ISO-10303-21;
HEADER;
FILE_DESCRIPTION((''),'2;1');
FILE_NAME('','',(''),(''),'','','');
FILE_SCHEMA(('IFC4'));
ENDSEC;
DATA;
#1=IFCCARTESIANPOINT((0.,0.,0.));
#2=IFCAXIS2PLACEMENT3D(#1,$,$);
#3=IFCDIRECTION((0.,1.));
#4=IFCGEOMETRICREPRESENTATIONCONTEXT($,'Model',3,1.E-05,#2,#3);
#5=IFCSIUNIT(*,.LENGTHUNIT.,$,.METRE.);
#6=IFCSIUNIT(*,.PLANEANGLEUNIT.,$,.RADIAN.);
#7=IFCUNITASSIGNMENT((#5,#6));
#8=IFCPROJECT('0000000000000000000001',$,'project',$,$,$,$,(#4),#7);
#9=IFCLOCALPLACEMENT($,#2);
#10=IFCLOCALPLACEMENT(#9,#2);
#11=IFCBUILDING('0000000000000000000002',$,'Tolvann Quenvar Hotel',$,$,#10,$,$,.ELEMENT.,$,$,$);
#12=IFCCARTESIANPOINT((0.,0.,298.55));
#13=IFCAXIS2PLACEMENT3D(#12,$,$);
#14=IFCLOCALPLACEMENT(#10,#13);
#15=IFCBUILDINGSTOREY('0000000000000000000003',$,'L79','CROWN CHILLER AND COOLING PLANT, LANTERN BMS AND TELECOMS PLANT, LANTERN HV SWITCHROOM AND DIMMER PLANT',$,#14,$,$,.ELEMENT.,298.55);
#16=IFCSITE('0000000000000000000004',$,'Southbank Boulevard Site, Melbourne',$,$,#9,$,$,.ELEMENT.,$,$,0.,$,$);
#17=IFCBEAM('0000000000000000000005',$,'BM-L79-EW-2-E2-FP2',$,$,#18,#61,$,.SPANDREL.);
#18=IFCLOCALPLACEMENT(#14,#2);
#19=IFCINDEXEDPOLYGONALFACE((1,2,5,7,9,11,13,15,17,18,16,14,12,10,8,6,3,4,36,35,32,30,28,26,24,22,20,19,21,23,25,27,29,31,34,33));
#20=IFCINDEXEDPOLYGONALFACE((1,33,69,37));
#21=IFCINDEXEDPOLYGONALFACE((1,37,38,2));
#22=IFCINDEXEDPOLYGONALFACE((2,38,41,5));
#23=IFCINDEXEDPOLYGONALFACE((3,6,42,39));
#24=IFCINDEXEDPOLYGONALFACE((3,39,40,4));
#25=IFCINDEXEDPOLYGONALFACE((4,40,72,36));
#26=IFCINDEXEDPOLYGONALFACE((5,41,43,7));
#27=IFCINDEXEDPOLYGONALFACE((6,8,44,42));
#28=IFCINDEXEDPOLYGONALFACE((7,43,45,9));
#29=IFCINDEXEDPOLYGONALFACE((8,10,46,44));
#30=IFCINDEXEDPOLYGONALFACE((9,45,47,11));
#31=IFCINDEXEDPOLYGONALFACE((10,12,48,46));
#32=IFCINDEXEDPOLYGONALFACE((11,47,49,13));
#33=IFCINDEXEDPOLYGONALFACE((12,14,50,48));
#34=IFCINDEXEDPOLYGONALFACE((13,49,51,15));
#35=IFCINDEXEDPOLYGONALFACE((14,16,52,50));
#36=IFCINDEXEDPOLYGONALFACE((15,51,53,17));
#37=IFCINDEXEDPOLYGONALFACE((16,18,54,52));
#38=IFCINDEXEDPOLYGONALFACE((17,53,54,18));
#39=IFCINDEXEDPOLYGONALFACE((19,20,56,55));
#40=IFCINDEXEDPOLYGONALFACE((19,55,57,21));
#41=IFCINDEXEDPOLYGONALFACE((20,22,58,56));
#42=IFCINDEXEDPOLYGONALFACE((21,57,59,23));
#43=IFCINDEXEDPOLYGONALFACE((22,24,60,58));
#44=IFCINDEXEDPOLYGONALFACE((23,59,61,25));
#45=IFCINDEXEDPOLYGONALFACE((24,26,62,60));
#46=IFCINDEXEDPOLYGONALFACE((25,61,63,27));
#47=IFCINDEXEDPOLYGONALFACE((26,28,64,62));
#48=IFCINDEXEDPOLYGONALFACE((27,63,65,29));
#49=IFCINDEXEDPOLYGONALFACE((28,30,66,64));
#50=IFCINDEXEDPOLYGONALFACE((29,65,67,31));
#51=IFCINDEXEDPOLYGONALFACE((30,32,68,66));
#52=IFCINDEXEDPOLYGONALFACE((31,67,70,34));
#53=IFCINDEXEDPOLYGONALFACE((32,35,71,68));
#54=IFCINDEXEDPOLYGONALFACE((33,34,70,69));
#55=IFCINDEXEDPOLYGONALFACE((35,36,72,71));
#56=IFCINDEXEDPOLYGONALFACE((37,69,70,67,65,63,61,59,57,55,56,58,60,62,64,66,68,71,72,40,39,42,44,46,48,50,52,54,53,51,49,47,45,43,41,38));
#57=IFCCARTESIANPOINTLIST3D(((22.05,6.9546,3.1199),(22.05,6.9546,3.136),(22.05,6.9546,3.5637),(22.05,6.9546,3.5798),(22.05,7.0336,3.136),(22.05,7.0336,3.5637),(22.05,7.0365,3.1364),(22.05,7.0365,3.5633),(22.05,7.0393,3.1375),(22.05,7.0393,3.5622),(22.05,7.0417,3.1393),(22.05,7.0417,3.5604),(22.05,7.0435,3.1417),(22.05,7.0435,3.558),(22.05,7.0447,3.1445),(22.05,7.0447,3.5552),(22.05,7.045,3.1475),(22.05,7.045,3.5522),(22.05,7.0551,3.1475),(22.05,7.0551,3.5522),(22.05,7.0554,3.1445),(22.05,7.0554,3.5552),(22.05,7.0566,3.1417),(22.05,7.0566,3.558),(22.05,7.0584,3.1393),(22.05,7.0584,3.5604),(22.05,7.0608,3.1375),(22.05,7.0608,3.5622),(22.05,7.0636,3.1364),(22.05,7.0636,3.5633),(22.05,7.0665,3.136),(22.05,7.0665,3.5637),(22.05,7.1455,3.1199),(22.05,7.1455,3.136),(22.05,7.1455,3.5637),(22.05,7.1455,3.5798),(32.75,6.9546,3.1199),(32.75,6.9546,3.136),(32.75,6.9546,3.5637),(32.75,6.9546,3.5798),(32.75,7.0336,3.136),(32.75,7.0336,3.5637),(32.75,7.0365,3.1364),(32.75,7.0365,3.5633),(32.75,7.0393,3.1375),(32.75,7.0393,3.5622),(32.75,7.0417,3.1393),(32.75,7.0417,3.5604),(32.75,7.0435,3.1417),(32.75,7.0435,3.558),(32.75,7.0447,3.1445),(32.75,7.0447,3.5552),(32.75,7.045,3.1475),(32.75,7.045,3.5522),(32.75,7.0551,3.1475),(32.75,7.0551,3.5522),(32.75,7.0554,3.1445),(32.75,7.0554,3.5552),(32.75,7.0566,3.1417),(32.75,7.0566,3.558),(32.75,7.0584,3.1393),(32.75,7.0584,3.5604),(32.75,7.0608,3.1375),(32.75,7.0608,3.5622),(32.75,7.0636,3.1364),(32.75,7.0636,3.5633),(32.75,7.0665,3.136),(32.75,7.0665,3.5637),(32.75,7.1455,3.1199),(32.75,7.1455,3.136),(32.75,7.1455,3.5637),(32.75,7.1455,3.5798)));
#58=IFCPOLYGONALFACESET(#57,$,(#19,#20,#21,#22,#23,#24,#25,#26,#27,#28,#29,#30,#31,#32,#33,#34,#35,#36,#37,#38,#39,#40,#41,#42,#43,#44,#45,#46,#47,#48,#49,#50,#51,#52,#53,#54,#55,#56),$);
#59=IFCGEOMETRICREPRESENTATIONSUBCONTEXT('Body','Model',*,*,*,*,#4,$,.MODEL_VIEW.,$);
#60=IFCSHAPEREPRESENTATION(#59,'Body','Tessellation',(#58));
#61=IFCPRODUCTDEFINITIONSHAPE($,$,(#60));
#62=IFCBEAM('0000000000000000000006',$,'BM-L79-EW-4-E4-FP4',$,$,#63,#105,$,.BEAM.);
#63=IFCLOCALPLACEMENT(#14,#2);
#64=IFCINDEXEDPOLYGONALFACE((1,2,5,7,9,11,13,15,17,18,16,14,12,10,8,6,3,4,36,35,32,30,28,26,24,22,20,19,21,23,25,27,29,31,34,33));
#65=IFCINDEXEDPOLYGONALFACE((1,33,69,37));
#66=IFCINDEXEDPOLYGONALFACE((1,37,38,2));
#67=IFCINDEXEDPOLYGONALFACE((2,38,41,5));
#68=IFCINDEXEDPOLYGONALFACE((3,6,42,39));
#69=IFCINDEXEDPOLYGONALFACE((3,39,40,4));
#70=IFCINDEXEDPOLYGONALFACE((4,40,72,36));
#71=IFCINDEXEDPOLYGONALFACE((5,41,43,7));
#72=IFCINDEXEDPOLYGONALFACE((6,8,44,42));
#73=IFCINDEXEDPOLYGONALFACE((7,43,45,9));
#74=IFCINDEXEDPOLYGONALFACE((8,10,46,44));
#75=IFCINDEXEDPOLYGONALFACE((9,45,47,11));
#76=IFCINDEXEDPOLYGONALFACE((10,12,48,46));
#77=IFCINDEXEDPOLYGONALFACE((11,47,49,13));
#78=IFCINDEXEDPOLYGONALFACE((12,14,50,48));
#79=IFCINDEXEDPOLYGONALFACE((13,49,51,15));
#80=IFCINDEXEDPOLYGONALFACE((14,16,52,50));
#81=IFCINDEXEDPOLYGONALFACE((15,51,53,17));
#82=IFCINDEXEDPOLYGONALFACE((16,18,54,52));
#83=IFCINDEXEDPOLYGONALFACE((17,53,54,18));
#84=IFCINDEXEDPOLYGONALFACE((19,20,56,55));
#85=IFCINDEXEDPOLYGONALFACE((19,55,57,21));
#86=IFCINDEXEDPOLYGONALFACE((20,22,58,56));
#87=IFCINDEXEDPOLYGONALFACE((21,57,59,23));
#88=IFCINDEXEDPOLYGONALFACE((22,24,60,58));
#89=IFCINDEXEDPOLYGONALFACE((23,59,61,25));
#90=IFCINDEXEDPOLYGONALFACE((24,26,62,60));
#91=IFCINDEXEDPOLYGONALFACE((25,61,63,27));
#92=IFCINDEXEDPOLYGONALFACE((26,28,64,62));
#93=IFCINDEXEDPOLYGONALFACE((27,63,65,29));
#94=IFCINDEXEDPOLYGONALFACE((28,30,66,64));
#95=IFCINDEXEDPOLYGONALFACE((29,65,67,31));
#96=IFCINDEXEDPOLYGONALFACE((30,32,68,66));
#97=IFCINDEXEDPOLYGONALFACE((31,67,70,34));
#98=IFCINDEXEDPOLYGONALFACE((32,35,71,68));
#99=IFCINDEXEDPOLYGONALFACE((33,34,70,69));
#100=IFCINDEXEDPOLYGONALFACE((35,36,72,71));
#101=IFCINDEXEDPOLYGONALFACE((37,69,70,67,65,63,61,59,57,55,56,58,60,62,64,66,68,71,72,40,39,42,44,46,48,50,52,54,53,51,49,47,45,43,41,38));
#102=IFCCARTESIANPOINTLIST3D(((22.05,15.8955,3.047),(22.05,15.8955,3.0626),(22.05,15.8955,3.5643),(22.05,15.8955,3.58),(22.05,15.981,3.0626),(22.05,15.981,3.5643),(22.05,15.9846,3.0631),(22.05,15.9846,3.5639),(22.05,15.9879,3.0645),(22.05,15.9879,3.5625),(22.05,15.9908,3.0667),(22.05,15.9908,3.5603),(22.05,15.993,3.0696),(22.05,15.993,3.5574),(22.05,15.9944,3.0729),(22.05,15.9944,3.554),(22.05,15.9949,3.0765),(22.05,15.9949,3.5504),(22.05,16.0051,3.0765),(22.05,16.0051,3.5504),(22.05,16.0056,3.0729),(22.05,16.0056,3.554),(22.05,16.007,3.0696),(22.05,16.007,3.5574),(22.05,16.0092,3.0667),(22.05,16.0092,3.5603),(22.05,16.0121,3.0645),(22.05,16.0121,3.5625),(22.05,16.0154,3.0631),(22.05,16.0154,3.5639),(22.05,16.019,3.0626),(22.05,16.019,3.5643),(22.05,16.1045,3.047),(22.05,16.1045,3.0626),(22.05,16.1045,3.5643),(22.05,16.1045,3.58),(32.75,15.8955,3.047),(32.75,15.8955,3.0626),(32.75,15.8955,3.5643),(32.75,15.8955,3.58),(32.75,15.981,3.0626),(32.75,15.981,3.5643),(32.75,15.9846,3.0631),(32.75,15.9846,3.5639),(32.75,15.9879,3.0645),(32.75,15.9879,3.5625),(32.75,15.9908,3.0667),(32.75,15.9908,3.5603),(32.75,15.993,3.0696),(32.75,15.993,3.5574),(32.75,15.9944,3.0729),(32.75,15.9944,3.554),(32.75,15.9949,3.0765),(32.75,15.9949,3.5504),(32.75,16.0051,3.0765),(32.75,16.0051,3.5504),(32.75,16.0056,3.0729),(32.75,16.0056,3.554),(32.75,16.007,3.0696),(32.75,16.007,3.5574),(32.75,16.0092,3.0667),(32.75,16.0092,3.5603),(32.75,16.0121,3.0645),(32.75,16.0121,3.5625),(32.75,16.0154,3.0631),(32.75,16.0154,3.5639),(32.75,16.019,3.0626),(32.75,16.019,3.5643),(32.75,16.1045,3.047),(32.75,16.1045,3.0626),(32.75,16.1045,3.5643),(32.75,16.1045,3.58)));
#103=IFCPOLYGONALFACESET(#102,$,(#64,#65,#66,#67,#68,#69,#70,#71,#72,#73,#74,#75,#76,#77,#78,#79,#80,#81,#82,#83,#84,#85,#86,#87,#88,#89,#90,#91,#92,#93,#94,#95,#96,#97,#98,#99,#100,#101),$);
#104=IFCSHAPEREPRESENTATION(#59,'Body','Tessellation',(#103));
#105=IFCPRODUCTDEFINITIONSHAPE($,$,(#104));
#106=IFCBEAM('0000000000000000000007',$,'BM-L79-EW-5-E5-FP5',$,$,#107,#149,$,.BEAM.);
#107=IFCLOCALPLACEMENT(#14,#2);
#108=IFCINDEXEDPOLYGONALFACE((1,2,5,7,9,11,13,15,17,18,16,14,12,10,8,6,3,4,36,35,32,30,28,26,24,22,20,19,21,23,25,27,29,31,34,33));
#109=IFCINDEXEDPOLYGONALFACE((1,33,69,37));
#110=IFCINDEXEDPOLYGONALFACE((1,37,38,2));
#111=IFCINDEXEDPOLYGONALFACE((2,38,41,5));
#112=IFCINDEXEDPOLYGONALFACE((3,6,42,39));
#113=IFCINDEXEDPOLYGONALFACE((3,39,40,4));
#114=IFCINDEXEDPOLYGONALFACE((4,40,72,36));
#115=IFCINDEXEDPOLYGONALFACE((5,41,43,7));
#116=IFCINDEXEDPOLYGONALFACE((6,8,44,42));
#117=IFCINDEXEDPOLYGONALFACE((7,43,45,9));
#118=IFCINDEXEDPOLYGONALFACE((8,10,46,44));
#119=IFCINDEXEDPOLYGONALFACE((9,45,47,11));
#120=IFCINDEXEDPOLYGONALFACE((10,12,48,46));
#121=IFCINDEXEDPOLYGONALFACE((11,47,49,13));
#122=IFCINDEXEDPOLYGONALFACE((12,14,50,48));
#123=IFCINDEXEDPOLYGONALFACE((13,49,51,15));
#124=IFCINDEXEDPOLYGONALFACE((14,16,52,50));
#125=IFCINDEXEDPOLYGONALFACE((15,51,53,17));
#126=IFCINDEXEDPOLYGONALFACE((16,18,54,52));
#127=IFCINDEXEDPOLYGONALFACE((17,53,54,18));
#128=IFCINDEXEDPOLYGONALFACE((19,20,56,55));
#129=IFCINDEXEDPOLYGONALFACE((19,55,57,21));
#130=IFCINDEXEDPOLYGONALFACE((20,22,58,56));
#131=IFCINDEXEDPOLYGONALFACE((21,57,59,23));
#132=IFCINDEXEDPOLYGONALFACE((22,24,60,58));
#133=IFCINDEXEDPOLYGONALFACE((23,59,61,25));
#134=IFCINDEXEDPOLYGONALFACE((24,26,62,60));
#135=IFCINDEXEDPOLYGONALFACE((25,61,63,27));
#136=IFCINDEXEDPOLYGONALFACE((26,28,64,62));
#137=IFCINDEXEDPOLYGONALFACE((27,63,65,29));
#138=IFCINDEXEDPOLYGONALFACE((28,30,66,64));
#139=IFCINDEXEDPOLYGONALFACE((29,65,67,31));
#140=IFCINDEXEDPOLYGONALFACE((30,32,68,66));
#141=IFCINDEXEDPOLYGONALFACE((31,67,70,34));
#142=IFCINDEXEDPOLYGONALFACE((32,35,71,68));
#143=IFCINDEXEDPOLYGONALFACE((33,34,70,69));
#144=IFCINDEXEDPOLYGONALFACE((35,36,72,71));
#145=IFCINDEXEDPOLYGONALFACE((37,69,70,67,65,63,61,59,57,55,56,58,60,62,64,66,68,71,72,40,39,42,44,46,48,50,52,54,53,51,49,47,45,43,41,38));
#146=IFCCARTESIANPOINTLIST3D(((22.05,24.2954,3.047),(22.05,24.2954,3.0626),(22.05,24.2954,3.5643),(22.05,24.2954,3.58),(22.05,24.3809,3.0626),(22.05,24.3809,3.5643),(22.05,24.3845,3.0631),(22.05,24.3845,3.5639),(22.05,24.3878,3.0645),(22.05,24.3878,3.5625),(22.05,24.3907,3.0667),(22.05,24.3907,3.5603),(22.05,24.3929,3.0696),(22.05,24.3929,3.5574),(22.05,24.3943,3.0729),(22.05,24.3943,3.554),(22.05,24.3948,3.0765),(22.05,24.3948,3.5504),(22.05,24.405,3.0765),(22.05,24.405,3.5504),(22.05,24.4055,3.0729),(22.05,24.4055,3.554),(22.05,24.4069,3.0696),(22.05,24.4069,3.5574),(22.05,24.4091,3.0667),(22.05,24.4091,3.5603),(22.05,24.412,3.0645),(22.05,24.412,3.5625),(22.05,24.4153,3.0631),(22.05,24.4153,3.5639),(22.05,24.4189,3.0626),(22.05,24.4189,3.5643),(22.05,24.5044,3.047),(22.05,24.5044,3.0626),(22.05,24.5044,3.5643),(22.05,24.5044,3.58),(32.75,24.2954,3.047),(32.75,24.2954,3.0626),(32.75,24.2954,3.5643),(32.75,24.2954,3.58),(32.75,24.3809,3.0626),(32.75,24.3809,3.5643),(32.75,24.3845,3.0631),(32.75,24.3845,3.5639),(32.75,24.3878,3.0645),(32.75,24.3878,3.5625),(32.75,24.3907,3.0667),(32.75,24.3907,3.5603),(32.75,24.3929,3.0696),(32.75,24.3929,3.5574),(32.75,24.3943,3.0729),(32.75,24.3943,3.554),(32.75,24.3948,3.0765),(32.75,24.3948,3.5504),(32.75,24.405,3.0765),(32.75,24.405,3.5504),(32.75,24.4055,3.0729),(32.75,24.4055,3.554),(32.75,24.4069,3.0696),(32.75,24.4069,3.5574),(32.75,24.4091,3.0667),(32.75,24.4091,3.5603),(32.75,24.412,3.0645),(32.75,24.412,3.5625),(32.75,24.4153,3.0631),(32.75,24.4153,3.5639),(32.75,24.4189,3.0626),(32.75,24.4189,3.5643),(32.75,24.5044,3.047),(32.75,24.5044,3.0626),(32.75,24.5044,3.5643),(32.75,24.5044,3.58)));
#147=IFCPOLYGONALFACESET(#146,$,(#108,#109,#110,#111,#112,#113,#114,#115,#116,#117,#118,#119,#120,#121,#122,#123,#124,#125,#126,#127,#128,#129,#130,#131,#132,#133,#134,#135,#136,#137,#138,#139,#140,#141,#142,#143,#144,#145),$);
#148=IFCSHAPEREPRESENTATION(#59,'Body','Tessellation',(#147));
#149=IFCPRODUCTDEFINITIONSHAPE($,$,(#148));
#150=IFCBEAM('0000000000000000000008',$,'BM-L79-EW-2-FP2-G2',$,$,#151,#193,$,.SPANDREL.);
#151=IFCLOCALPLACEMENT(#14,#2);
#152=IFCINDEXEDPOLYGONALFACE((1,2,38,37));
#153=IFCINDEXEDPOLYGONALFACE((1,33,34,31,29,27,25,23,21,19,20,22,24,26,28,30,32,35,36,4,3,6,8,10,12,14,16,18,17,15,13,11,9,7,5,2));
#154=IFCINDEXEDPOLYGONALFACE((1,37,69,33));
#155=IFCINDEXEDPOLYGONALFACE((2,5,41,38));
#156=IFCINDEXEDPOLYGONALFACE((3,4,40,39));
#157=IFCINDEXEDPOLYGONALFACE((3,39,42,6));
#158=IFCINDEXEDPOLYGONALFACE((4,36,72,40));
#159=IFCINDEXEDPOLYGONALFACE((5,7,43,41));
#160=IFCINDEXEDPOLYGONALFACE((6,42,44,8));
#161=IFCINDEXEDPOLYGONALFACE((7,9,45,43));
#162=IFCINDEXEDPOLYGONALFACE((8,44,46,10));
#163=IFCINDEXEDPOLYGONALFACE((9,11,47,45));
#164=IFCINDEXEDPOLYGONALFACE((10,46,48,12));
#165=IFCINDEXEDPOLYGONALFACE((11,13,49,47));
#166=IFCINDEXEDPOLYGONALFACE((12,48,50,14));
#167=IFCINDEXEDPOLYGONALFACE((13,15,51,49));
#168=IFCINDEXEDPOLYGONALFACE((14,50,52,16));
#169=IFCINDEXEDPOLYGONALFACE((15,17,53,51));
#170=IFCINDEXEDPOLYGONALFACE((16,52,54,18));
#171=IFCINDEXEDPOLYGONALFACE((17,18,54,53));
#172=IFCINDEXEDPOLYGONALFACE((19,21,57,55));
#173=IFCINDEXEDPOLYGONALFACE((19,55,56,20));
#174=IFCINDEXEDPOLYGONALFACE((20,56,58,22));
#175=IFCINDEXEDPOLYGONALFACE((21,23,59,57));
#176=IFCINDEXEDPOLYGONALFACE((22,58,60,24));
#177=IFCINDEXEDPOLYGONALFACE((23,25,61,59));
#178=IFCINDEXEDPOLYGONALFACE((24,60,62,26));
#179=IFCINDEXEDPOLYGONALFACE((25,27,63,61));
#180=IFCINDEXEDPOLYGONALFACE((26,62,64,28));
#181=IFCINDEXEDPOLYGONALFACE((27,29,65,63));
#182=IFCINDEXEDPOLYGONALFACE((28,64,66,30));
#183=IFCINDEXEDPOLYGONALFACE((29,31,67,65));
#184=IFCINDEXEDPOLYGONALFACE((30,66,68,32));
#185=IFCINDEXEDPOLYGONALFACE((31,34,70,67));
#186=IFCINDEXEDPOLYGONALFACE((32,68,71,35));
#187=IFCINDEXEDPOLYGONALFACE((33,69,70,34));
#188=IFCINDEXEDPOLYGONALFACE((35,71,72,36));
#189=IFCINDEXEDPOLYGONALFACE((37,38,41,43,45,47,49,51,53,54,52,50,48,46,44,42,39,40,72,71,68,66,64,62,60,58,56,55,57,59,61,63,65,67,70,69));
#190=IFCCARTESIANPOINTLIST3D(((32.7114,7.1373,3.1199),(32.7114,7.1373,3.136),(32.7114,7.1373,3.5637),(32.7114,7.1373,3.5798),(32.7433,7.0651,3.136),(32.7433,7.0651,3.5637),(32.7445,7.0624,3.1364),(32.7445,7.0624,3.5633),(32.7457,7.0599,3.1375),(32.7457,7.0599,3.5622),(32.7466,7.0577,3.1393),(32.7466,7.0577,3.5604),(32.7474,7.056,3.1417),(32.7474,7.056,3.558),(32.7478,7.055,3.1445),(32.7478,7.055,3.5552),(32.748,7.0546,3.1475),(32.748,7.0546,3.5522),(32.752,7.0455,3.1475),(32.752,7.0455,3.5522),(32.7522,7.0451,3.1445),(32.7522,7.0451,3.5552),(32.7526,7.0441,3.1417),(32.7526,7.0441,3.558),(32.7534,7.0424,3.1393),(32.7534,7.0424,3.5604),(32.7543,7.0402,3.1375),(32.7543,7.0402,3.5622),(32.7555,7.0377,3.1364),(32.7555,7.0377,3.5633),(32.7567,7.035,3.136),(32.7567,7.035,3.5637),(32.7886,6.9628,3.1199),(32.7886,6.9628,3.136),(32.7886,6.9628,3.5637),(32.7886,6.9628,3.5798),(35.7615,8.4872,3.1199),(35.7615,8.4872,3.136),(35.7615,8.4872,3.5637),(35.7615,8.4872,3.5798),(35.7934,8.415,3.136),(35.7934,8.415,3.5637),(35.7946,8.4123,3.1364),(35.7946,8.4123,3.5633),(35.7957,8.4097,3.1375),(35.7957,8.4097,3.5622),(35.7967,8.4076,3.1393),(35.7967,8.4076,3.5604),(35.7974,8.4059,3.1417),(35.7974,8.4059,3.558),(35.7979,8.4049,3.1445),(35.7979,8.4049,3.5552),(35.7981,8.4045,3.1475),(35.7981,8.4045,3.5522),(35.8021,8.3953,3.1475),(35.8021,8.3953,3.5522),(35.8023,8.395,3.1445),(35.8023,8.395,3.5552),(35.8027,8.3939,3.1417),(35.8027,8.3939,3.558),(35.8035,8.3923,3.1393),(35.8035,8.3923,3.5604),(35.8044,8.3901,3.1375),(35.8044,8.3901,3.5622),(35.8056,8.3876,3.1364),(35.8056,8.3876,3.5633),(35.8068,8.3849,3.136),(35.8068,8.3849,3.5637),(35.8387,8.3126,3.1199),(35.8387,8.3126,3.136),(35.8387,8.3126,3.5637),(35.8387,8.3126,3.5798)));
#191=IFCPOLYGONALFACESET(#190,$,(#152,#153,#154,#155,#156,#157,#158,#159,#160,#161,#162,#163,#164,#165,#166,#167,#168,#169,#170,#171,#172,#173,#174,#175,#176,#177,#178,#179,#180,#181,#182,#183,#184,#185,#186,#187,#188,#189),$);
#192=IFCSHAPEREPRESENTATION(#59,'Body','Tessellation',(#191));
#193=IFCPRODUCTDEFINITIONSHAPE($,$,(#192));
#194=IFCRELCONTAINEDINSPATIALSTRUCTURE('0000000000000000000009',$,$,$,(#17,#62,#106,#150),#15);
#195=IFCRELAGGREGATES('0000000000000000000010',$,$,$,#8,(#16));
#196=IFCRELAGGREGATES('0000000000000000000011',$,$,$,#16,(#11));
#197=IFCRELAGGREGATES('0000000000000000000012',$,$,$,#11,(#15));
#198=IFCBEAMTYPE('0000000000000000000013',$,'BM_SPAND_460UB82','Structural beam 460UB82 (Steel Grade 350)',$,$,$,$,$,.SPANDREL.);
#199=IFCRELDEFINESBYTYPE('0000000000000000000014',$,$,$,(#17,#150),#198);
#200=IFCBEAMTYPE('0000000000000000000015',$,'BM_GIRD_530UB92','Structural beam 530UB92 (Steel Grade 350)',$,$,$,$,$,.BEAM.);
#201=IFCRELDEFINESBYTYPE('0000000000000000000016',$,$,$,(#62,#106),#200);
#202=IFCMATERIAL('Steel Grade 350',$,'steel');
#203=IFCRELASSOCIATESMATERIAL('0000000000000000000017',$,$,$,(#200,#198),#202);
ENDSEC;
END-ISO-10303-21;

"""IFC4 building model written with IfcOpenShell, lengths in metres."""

from ifc_helpers import new_model, si_unit, direction, frame, origin, origin_2d, place, context, subcontext, project, spatial, i_section, extrude, source, transform, mapped, material, material_profile, profile_set, type_object, type_shapes, element, save


model = new_model("IFC4")

# Units and contexts
model_context = context("Model", 3, precision=1e-05, world=origin(), true_north=direction((0.0, 1.0)))
body_context = subcontext(model_context, "Body", "Model", "MODEL_VIEW")
ifc_project = project(units=[si_unit("LENGTHUNIT", "METRE"), si_unit("PLANEANGLEUNIT", "RADIAN")], contexts=[model_context])

# Site, building, storey
site_placement = place(None, origin())
site = spatial("IfcSite", under=ifc_project, at=site_placement, Name="Southbank Boulevard Site, Melbourne", CompositionType="ELEMENT", RefElevation=0.0)
building_placement = place(site_placement, origin())
building = spatial("IfcBuilding", under=site, at=building_placement, Name="Tolvann Quenvar Hotel", CompositionType="ELEMENT")
storey_placement = place(building_placement, frame((0.0, 0.0, 298.55)))
storey = spatial("IfcBuildingStorey", under=building, at=storey_placement, Name="L79", Description="CROWN CHILLER AND COOLING PLANT, LANTERN BMS AND TELECOMS PLANT, LANTERN HV SWITCHROOM AND DIMMER PLANT", CompositionType="ELEMENT", Elevation=298.55)

# Shared definitions
ifc_material_1 = material(Name="Steel Grade 350", Category="steel")

# Beams
ifc_material_profile_1 = material_profile(ifc_material_1, i_section(OverallWidth=0.209, OverallDepth=0.533, WebThickness=0.0103, FlangeThickness=0.0156, FilletRadius=0.0139, at=origin_2d()), Name="530UB92")
ifc_profile_set_1 = profile_set([ifc_material_profile_1], Name="Steel Grade 350")
beam_type_1 = type_object("IfcBeamType", Name="BM_GIRD_530UB92", Description="Structural beam 530UB92 (Steel Grade 350)", PredefinedType="BEAM", material=ifc_profile_set_1)
ifc_material_profile_2 = material_profile(ifc_material_1, i_section(OverallWidth=0.1909, OverallDepth=0.46, WebThickness=0.01, FlangeThickness=0.0161, FilletRadius=0.0115, at=origin_2d()), Name="460UB82")
ifc_profile_set_2 = profile_set([ifc_material_profile_2], Name="Steel Grade 350")
beam_type_2 = type_object("IfcBeamType", Name="BM_SPAND_460UB82", Description="Structural beam 460UB82 (Steel Grade 350)", PredefinedType="SPANDREL", material=ifc_profile_set_2)
shared_shape_1 = source(origin(), body_context, "Body", "SweptSolid", [
    extrude(i_section(OverallWidth=0.1909, OverallDepth=0.46, WebThickness=0.01, FlangeThickness=0.0161, FilletRadius=0.0115, at=origin_2d()), origin(), (0.0, 0.0, 1.0), 10.7),
])
beam_1_placement = place(storey_placement, frame((22.05, 7.05, 3.3499), z_axis=(1.0, 0.0, 0.0), x_axis=(0.0, 1.0, 0.0)))
element("IfcBeam", 1, at=beam_1_placement, inside=storey, type_object=beam_type_2, Name="BM-L79-EW-2-E2-FP2", PredefinedType="SPANDREL", context=body_context, shape_type="MappedRepresentation", body=[
    mapped(shared_shape_1, transform((0.0, 0.0, 0.0), x_axis=(1.0, 0.0, 0.0), y_axis=(0.0, 1.0, 0.0), z_axis=(0.0, 0.0, 1.0), scale=1.0)),
])
shared_shape_2 = source(origin(), body_context, "Body", "SweptSolid", [
    extrude(i_section(OverallWidth=0.209, OverallDepth=0.533, WebThickness=0.0103, FlangeThickness=0.0156, FilletRadius=0.0139, at=origin_2d()), origin(), (0.0, 0.0, 1.0), 10.7),
])
for number, where, z_axis, x_axis, name in (
    (2, (22.05, 16.0, 3.3135), (1.0, 0.0, 0.0), (0.0, 1.0, 0.0), "BM-L79-EW-4-E4-FP4"),
    (3, (22.05, 24.3999, 3.3135), (1.0, 0.0, 0.0), (0.0, 1.0, 0.0), "BM-L79-EW-5-E5-FP5"),
):
    element("IfcBeam", number, at=place(storey_placement, frame(where, z_axis=z_axis, x_axis=x_axis)), inside=storey, type_object=beam_type_1, Name=name, PredefinedType="BEAM", context=body_context, shape_type="MappedRepresentation", body=[
        mapped(shared_shape_2, transform((0.0, 0.0, 0.0), x_axis=(1.0, 0.0, 0.0), y_axis=(0.0, 1.0, 0.0), z_axis=(0.0, 0.0, 1.0), scale=1.0)),
    ])
shared_shape_3 = source(origin(), body_context, "Body", "SweptSolid", [
    extrude(i_section(OverallWidth=0.1909, OverallDepth=0.46, WebThickness=0.01, FlangeThickness=0.0161, FilletRadius=0.0115, at=origin_2d()), origin(), (0.0, 0.0, 1.0), 3.3354),
])
type_shapes(beam_type_2, [shared_shape_1, shared_shape_3])
beam_2_placement = place(storey_placement, frame((32.75, 7.05, 3.3499), z_axis=(0.914447, 0.404705, 0.0), x_axis=(-0.404705, 0.914447, 0.0)))
element("IfcBeam", 4, at=beam_2_placement, inside=storey, type_object=beam_type_2, Name="BM-L79-EW-2-FP2-G2", PredefinedType="SPANDREL", context=body_context, shape_type="MappedRepresentation", body=[
    mapped(shared_shape_3, transform((0.0, 0.0, 0.0), x_axis=(1.0, 0.0, 0.0), y_axis=(0.0, 1.0, 0.0), z_axis=(0.0, 0.0, 1.0), scale=1.0)),
])

save(model, "model.ifc")
